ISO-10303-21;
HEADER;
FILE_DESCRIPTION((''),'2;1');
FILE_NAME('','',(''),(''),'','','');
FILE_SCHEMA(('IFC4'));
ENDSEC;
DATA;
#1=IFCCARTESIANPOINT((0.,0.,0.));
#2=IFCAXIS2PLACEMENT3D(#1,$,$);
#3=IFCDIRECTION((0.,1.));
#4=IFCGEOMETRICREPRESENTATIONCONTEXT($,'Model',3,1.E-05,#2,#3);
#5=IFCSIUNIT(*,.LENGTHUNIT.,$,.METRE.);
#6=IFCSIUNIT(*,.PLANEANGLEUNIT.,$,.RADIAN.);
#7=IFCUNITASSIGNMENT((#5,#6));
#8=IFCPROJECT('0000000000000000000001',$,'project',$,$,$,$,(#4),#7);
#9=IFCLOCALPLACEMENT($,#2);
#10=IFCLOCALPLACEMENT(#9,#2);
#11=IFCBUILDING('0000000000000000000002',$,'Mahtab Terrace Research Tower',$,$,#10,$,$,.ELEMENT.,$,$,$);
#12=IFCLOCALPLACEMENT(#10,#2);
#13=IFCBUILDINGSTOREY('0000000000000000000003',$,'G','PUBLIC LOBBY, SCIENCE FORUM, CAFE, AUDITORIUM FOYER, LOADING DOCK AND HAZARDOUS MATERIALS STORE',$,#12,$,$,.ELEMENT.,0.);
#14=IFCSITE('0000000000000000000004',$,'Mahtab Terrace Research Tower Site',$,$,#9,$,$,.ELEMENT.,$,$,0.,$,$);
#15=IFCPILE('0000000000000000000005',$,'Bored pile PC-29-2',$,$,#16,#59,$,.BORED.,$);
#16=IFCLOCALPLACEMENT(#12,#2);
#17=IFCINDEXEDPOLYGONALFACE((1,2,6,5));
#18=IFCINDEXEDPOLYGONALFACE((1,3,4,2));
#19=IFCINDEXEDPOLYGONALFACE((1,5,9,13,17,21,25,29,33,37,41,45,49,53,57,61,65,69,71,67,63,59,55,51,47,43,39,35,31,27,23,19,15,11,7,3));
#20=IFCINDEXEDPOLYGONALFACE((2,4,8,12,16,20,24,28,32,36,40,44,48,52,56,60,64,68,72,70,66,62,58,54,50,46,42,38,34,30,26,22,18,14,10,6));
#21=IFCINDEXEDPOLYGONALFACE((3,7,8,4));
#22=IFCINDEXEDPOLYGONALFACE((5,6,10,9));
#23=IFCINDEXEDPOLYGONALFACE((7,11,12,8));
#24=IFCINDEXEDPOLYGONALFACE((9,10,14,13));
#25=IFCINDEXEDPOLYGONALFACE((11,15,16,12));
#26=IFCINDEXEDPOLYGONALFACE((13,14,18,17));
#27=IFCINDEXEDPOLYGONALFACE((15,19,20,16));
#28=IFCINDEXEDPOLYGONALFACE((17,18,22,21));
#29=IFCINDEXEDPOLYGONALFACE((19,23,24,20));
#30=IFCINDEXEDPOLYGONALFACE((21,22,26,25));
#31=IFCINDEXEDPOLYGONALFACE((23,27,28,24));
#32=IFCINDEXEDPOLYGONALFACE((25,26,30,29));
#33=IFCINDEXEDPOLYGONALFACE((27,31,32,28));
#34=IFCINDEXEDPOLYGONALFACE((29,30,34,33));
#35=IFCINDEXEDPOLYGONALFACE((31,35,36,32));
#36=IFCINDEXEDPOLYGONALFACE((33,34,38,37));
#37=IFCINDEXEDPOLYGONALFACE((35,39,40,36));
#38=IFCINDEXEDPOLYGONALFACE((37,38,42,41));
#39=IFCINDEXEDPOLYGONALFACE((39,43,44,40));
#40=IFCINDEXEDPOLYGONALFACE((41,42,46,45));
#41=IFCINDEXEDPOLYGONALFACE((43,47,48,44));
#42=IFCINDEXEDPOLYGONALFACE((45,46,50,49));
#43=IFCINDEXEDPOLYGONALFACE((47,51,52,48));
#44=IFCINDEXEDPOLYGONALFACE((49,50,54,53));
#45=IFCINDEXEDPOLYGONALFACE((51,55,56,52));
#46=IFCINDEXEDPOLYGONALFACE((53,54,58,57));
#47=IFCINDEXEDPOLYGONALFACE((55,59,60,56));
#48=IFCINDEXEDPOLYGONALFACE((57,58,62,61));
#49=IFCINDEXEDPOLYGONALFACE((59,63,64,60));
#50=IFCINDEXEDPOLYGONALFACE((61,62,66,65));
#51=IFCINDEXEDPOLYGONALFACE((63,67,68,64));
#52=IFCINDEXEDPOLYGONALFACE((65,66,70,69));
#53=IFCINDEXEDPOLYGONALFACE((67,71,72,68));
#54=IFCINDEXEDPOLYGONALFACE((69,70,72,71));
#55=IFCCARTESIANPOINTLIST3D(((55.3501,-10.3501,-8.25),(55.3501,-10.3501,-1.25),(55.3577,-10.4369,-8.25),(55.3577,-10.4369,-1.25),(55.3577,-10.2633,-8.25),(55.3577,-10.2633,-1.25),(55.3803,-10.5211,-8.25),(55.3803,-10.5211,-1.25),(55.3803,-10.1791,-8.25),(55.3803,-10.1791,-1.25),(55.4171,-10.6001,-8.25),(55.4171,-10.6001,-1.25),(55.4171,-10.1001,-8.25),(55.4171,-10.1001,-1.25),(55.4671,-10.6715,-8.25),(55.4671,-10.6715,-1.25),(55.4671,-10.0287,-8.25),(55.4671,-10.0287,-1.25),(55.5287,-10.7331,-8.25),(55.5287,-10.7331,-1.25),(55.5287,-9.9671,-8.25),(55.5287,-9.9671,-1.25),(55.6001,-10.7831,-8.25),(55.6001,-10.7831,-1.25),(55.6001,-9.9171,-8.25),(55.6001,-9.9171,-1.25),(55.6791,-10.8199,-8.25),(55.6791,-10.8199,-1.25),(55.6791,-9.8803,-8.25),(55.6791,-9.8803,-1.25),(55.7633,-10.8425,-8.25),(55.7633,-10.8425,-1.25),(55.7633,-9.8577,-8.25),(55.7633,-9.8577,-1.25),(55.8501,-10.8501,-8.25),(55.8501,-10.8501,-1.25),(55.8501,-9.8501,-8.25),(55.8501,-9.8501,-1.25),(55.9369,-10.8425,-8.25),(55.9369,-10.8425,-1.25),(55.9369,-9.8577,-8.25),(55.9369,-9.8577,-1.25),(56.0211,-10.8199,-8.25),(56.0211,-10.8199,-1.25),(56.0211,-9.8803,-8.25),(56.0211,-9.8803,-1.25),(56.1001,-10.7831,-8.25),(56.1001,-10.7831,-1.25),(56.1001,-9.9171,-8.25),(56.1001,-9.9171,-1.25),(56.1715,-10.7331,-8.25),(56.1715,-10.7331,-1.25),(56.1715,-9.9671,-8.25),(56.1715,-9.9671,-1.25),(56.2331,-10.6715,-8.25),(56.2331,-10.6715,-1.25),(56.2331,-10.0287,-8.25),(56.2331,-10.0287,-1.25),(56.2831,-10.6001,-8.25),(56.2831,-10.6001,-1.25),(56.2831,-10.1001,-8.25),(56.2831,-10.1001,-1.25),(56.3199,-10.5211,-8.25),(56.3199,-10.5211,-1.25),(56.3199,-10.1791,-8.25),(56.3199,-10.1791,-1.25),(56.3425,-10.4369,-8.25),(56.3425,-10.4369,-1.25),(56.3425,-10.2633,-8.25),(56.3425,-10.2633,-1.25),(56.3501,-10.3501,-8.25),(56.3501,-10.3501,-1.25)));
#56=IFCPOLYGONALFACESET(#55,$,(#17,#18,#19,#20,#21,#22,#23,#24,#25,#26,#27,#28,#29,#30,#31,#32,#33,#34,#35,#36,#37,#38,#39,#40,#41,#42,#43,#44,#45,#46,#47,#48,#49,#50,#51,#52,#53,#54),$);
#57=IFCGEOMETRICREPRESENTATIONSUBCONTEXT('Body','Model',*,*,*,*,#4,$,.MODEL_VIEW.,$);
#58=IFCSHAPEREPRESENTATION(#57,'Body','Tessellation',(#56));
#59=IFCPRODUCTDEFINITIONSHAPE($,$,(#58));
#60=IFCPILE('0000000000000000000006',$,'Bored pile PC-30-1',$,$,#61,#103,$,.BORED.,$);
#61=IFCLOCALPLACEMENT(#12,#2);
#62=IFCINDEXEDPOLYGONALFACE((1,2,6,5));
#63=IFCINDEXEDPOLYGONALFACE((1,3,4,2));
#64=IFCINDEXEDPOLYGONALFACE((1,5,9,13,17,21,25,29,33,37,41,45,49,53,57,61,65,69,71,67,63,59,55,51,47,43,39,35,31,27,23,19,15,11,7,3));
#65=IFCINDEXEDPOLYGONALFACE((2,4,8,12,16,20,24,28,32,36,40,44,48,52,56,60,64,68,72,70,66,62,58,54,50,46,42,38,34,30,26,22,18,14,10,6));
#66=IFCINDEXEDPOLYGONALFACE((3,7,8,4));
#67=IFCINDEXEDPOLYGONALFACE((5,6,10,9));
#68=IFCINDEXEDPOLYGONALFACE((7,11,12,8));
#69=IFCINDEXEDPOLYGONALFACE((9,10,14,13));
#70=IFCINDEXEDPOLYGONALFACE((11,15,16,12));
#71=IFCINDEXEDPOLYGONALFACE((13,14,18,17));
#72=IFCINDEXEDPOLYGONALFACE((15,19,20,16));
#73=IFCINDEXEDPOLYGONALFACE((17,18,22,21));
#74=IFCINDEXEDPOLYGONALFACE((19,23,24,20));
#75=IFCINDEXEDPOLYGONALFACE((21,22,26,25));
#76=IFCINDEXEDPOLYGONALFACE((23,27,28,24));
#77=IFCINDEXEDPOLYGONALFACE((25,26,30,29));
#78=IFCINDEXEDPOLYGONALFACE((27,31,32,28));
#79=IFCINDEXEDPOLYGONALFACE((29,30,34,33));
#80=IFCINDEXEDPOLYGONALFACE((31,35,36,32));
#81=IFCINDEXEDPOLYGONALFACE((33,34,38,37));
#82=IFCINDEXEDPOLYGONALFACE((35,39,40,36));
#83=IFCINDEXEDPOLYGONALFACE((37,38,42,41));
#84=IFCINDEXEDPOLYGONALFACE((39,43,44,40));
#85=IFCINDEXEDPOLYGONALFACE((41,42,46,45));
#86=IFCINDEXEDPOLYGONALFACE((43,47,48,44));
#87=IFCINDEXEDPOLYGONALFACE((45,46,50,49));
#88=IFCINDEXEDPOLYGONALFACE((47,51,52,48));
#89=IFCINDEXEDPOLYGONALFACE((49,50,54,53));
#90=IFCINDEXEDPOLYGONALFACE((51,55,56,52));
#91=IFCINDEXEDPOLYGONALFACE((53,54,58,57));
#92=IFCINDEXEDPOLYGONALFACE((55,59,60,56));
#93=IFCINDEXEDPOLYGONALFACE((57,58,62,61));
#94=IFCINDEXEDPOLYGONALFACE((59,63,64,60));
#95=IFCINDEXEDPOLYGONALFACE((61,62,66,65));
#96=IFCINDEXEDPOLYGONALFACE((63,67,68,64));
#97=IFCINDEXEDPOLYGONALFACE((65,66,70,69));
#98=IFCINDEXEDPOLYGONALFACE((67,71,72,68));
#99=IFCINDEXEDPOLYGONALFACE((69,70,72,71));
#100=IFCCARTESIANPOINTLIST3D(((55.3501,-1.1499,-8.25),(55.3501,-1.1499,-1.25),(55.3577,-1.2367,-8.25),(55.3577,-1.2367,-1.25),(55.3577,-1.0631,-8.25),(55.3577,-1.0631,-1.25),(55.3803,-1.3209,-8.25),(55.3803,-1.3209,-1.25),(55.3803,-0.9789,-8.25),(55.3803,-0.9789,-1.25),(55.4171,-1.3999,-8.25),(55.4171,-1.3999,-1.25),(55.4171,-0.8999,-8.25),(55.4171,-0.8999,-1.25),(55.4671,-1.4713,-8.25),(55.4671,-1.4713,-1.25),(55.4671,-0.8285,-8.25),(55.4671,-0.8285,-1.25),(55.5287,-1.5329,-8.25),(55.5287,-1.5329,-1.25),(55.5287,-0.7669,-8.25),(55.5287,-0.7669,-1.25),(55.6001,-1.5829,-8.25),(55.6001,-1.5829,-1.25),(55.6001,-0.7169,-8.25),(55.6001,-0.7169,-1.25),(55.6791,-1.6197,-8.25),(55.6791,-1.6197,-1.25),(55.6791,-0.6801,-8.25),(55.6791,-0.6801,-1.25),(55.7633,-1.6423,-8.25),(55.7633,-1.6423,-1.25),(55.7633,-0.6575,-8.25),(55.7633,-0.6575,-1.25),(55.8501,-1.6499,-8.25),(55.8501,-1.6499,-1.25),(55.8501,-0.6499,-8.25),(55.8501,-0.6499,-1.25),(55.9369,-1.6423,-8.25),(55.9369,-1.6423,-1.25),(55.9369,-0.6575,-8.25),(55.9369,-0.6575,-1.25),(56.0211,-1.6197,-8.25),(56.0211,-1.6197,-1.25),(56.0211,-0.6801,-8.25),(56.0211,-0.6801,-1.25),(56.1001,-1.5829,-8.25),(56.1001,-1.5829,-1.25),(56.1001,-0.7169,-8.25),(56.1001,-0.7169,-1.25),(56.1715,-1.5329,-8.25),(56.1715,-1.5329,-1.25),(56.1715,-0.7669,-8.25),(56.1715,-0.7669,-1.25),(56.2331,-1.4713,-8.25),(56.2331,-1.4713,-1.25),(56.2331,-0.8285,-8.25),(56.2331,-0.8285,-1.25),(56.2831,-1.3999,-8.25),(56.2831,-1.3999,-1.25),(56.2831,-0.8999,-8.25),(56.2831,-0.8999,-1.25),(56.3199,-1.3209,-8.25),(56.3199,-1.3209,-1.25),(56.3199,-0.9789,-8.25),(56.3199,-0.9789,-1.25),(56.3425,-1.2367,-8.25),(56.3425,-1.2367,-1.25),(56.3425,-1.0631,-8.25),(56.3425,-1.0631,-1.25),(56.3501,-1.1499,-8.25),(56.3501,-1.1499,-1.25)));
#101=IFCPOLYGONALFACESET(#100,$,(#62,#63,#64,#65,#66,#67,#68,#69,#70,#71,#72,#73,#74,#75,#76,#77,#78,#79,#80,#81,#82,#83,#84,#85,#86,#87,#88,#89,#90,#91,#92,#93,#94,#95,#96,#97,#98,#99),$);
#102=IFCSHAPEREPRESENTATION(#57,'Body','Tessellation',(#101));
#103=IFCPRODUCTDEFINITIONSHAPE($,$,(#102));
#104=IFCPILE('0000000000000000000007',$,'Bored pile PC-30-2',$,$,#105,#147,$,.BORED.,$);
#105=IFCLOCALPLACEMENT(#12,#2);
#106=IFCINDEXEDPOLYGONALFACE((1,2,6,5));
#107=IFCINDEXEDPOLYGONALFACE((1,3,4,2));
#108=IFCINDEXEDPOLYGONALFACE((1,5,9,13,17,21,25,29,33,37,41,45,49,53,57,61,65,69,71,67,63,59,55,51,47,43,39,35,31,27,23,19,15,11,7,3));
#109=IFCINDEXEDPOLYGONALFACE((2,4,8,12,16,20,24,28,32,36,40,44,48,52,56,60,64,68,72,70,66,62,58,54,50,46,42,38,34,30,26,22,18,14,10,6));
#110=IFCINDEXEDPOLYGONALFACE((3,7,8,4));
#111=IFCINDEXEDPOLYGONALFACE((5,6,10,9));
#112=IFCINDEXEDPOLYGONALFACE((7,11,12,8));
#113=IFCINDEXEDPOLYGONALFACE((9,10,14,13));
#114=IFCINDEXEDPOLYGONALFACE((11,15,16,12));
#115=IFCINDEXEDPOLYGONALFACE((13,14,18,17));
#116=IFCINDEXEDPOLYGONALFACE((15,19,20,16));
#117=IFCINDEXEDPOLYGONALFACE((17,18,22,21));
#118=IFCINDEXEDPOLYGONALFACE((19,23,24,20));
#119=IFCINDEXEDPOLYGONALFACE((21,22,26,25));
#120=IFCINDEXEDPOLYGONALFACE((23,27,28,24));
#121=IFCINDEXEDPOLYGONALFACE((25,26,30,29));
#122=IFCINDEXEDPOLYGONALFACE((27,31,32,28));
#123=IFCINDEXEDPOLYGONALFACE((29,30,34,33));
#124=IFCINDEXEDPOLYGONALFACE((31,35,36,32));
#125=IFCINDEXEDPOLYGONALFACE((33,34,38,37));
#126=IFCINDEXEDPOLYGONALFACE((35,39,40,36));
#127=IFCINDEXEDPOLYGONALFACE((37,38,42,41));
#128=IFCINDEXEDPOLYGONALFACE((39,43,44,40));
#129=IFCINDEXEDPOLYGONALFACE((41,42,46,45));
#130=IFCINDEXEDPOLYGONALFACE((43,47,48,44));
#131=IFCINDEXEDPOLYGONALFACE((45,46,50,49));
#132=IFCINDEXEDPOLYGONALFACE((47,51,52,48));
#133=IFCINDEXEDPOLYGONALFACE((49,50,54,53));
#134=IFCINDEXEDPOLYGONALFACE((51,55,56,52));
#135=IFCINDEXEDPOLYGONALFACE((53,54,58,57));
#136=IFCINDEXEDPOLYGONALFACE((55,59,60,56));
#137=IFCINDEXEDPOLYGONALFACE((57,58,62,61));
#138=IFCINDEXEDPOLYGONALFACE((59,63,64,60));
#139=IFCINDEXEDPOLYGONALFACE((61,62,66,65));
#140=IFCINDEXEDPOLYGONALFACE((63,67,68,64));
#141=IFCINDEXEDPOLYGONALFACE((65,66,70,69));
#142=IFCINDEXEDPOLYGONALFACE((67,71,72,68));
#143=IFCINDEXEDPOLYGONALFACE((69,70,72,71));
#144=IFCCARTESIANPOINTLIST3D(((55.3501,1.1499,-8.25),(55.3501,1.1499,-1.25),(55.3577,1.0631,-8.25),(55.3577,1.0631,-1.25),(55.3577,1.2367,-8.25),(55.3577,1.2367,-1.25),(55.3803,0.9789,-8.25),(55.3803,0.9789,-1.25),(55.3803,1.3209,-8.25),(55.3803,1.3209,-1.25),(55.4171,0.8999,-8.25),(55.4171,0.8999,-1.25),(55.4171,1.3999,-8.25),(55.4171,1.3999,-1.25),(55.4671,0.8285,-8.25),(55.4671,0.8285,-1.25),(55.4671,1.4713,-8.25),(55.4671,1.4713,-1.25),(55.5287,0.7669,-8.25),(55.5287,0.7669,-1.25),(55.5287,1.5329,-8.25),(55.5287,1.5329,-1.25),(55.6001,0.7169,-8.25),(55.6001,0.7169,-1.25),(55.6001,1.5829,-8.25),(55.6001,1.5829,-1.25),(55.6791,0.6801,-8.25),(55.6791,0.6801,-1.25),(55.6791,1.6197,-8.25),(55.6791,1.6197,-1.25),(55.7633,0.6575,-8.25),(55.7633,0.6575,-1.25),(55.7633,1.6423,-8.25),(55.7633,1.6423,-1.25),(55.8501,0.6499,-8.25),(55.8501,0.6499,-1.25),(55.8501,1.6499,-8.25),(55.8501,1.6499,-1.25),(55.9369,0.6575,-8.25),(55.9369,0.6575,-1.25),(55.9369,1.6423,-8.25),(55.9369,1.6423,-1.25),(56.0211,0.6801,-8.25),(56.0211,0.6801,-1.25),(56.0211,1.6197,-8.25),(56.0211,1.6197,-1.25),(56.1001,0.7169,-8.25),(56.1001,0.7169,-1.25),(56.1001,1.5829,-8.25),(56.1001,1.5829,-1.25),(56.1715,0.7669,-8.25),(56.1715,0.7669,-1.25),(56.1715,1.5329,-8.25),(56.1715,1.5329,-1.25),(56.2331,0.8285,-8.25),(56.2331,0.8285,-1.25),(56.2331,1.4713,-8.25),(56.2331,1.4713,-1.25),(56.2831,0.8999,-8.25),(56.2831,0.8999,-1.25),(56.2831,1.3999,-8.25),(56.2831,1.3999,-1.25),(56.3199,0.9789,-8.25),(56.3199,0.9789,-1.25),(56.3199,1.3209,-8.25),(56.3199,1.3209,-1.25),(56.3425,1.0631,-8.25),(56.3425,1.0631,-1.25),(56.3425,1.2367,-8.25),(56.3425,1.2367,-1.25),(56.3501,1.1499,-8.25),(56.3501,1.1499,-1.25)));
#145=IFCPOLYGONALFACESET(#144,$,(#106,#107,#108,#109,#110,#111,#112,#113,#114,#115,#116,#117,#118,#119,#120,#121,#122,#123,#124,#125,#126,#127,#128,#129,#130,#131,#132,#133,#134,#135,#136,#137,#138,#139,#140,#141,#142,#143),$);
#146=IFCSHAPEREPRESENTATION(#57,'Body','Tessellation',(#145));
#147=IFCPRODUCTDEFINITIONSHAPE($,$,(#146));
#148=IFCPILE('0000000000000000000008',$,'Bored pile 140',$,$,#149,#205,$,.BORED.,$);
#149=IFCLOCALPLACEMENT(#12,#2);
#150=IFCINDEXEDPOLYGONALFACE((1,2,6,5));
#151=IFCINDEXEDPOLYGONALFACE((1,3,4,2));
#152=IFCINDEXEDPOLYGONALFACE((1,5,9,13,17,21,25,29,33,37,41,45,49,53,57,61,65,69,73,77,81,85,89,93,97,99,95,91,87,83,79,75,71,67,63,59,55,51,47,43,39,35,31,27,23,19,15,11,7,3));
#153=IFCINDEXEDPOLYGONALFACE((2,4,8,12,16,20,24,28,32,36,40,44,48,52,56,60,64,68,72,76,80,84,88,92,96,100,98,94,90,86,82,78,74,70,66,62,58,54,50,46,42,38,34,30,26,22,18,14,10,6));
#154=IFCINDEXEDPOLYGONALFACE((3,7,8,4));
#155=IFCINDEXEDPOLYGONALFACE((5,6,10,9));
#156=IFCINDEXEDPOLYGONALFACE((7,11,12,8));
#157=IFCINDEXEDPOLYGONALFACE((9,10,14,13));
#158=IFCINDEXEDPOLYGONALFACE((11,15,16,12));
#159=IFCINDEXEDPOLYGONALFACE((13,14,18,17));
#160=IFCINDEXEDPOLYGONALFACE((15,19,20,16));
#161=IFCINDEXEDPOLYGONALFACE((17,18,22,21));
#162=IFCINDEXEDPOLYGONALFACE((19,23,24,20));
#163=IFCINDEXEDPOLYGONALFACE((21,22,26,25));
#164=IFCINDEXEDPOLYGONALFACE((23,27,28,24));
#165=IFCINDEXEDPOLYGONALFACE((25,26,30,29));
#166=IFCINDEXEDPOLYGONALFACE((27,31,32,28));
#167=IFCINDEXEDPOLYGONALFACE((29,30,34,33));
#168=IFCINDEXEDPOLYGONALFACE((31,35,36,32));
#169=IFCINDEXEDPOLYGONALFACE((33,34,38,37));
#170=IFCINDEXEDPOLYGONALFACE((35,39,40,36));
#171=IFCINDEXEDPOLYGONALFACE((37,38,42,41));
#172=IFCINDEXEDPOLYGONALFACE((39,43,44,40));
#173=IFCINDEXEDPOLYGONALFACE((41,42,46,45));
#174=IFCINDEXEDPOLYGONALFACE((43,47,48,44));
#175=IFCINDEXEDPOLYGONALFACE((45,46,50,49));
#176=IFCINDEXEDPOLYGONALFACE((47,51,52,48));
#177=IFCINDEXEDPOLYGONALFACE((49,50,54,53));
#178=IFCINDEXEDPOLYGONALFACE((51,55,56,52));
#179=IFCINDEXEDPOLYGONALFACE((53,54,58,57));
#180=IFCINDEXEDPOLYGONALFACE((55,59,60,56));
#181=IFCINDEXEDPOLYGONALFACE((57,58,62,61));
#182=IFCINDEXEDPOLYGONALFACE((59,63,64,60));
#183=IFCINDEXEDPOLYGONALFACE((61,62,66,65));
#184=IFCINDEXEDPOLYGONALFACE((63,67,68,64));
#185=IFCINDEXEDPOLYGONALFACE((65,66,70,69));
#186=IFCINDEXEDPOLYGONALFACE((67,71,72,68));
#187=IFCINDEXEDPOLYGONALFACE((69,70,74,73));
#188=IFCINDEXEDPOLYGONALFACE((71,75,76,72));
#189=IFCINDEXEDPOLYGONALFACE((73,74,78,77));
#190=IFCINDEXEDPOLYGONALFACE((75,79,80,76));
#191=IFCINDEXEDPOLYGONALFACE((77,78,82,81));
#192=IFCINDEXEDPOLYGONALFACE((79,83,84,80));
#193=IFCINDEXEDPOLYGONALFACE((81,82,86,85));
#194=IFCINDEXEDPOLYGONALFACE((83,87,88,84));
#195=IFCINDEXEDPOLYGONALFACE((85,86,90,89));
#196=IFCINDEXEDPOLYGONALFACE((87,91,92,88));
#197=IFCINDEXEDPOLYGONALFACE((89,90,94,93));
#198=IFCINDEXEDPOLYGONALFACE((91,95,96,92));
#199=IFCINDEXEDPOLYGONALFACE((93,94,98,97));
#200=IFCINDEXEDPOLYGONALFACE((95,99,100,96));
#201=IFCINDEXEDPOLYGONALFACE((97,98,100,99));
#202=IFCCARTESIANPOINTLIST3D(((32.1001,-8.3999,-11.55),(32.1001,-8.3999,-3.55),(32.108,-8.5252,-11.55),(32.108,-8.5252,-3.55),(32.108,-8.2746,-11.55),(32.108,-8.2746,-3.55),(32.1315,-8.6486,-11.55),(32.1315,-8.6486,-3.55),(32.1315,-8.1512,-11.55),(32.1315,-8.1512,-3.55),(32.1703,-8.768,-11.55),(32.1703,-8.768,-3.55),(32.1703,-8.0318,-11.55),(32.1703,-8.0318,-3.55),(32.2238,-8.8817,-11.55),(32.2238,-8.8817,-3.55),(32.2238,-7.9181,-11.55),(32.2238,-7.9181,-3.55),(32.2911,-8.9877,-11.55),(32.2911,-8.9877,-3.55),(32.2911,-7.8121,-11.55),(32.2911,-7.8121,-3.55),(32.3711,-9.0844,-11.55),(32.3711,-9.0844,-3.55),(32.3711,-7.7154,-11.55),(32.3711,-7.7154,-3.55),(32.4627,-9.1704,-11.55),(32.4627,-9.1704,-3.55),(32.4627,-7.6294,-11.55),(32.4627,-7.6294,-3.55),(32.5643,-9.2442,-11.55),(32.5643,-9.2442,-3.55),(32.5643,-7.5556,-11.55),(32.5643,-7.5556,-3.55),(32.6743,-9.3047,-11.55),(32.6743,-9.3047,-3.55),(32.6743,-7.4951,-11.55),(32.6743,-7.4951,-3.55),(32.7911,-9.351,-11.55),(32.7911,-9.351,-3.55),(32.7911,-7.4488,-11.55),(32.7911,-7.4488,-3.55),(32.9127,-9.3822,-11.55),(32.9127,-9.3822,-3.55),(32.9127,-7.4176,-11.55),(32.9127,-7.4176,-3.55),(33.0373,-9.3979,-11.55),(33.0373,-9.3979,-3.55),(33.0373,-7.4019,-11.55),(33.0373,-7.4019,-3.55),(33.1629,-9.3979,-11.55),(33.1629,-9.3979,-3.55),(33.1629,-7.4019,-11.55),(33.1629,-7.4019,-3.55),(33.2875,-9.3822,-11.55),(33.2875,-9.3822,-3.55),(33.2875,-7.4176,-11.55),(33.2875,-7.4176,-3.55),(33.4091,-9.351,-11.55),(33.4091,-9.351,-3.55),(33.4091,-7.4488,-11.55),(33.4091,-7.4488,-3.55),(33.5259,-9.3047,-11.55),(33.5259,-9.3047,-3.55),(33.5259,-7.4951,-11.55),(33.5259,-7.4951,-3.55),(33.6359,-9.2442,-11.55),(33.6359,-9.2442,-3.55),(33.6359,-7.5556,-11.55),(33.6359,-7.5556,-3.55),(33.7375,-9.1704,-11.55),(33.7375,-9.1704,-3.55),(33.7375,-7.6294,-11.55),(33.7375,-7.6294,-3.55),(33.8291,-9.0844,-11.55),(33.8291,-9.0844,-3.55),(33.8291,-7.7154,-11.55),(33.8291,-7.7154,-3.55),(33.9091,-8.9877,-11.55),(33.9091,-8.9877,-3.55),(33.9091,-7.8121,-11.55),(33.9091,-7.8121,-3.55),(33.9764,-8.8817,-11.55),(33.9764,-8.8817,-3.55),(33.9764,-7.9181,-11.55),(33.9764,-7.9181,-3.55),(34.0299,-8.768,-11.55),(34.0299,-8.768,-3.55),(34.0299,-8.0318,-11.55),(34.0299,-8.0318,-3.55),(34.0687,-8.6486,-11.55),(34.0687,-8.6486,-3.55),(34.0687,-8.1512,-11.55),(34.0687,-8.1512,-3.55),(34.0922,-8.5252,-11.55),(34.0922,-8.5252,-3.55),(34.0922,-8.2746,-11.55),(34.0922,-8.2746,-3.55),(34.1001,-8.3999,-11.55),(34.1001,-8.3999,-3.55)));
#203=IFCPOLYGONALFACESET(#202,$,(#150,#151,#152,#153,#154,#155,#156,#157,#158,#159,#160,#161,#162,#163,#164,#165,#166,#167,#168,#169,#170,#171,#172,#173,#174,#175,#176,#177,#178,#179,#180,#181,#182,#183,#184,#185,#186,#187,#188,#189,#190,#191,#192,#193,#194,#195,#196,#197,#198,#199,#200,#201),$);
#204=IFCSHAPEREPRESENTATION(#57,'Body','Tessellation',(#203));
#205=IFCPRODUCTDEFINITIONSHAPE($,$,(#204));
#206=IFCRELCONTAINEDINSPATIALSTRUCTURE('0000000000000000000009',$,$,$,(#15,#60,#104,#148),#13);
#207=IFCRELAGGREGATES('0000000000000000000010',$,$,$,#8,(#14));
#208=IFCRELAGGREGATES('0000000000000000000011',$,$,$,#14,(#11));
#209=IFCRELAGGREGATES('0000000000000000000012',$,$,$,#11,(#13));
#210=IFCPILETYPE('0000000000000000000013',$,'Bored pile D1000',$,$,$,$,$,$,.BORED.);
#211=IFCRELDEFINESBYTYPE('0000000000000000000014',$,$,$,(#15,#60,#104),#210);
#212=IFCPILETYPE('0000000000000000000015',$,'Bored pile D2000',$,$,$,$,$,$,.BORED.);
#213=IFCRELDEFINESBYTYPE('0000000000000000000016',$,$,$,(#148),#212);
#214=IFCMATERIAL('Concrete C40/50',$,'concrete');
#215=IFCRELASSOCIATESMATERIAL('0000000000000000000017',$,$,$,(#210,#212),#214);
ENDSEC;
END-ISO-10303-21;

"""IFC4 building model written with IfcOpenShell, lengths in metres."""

from ifc_helpers import new_model, si_unit, direction, frame, origin, origin_2d, place, context, subcontext, project, spatial, circle, extrude, material, material_profile, profile_set, type_object, element, save


model = new_model("IFC4")

# Units and contexts
model_context = context("Model", 3, precision=1e-05, world=origin(), true_north=direction((0.0, 1.0)))
body_context = subcontext(model_context, "Body", "Model", "MODEL_VIEW")
ifc_project = project(units=[si_unit("LENGTHUNIT", "METRE"), si_unit("PLANEANGLEUNIT", "RADIAN")], contexts=[model_context])

# Site, building, storey
site_placement = place(None, origin())
site = spatial("IfcSite", under=ifc_project, at=site_placement, Name="Mahtab Terrace Research Tower Site", CompositionType="ELEMENT", RefElevation=0.0)
building_placement = place(site_placement, origin())
building = spatial("IfcBuilding", under=site, at=building_placement, Name="Mahtab Terrace Research Tower", CompositionType="ELEMENT")
storey_placement = place(building_placement, origin())
storey = spatial("IfcBuildingStorey", under=building, at=storey_placement, Name="G", Description="PUBLIC LOBBY, SCIENCE FORUM, CAFE, AUDITORIUM FOYER, LOADING DOCK AND HAZARDOUS MATERIALS STORE", CompositionType="ELEMENT", Elevation=0.0)

# Piles
ifc_material_1 = material(Name="Concrete C40/50", Category="concrete")
ifc_material_profile_1 = material_profile(ifc_material_1, circle(Radius=0.5, at=origin_2d()), Name="Bored pile D1000")
ifc_profile_set_1 = profile_set([ifc_material_profile_1], Name="Concrete C40/50")
pile_type_1 = type_object("IfcPileType", Name="Bored pile D1000", PredefinedType="BORED", material=ifc_profile_set_1)
for number, where, z_axis, x_axis, name in (
    (1, (55.8501, -10.3501, -1.25), (0.0, 0.0, -1.0), (1.0, 0.0, 0.0), "Bored pile PC-29-2"),
    (2, (55.8501, -1.1499, -1.25), (0.0, 0.0, -1.0), (1.0, 0.0, 0.0), "Bored pile PC-30-1"),
    (3, (55.8501, 1.1499, -1.25), (0.0, 0.0, -1.0), (1.0, 0.0, 0.0), "Bored pile PC-30-2"),
):
    element("IfcPile", number, at=place(storey_placement, frame(where, z_axis=z_axis, x_axis=x_axis)), inside=storey, type_object=pile_type_1, Name=name, PredefinedType="BORED", context=body_context, shape_type="SweptSolid", body=[
        extrude(circle(Radius=0.5, at=origin_2d()), origin(), (0.0, 0.0, 1.0), 7.0),
    ])
ifc_material_profile_2 = material_profile(ifc_material_1, circle(Radius=1.0, at=origin_2d()), Name="Bored pile D2000")
ifc_profile_set_2 = profile_set([ifc_material_profile_2], Name="Concrete C40/50")
pile_type_2 = type_object("IfcPileType", Name="Bored pile D2000", PredefinedType="BORED", material=ifc_profile_set_2)
for number, where, z_axis, x_axis, name in (
    (4, (33.1001, -8.3999, -3.55), (0.0, 0.0, -1.0), (1.0, 0.0, 0.0), "Bored pile 140"),
):
    element("IfcPile", number, at=place(storey_placement, frame(where, z_axis=z_axis, x_axis=x_axis)), inside=storey, type_object=pile_type_2, Name=name, PredefinedType="BORED", context=body_context, shape_type="SweptSolid", body=[
        extrude(circle(Radius=1.0, at=origin_2d()), origin(), (0.0, 0.0, 1.0), 8.0),
    ])

save(model, "model.ifc")
